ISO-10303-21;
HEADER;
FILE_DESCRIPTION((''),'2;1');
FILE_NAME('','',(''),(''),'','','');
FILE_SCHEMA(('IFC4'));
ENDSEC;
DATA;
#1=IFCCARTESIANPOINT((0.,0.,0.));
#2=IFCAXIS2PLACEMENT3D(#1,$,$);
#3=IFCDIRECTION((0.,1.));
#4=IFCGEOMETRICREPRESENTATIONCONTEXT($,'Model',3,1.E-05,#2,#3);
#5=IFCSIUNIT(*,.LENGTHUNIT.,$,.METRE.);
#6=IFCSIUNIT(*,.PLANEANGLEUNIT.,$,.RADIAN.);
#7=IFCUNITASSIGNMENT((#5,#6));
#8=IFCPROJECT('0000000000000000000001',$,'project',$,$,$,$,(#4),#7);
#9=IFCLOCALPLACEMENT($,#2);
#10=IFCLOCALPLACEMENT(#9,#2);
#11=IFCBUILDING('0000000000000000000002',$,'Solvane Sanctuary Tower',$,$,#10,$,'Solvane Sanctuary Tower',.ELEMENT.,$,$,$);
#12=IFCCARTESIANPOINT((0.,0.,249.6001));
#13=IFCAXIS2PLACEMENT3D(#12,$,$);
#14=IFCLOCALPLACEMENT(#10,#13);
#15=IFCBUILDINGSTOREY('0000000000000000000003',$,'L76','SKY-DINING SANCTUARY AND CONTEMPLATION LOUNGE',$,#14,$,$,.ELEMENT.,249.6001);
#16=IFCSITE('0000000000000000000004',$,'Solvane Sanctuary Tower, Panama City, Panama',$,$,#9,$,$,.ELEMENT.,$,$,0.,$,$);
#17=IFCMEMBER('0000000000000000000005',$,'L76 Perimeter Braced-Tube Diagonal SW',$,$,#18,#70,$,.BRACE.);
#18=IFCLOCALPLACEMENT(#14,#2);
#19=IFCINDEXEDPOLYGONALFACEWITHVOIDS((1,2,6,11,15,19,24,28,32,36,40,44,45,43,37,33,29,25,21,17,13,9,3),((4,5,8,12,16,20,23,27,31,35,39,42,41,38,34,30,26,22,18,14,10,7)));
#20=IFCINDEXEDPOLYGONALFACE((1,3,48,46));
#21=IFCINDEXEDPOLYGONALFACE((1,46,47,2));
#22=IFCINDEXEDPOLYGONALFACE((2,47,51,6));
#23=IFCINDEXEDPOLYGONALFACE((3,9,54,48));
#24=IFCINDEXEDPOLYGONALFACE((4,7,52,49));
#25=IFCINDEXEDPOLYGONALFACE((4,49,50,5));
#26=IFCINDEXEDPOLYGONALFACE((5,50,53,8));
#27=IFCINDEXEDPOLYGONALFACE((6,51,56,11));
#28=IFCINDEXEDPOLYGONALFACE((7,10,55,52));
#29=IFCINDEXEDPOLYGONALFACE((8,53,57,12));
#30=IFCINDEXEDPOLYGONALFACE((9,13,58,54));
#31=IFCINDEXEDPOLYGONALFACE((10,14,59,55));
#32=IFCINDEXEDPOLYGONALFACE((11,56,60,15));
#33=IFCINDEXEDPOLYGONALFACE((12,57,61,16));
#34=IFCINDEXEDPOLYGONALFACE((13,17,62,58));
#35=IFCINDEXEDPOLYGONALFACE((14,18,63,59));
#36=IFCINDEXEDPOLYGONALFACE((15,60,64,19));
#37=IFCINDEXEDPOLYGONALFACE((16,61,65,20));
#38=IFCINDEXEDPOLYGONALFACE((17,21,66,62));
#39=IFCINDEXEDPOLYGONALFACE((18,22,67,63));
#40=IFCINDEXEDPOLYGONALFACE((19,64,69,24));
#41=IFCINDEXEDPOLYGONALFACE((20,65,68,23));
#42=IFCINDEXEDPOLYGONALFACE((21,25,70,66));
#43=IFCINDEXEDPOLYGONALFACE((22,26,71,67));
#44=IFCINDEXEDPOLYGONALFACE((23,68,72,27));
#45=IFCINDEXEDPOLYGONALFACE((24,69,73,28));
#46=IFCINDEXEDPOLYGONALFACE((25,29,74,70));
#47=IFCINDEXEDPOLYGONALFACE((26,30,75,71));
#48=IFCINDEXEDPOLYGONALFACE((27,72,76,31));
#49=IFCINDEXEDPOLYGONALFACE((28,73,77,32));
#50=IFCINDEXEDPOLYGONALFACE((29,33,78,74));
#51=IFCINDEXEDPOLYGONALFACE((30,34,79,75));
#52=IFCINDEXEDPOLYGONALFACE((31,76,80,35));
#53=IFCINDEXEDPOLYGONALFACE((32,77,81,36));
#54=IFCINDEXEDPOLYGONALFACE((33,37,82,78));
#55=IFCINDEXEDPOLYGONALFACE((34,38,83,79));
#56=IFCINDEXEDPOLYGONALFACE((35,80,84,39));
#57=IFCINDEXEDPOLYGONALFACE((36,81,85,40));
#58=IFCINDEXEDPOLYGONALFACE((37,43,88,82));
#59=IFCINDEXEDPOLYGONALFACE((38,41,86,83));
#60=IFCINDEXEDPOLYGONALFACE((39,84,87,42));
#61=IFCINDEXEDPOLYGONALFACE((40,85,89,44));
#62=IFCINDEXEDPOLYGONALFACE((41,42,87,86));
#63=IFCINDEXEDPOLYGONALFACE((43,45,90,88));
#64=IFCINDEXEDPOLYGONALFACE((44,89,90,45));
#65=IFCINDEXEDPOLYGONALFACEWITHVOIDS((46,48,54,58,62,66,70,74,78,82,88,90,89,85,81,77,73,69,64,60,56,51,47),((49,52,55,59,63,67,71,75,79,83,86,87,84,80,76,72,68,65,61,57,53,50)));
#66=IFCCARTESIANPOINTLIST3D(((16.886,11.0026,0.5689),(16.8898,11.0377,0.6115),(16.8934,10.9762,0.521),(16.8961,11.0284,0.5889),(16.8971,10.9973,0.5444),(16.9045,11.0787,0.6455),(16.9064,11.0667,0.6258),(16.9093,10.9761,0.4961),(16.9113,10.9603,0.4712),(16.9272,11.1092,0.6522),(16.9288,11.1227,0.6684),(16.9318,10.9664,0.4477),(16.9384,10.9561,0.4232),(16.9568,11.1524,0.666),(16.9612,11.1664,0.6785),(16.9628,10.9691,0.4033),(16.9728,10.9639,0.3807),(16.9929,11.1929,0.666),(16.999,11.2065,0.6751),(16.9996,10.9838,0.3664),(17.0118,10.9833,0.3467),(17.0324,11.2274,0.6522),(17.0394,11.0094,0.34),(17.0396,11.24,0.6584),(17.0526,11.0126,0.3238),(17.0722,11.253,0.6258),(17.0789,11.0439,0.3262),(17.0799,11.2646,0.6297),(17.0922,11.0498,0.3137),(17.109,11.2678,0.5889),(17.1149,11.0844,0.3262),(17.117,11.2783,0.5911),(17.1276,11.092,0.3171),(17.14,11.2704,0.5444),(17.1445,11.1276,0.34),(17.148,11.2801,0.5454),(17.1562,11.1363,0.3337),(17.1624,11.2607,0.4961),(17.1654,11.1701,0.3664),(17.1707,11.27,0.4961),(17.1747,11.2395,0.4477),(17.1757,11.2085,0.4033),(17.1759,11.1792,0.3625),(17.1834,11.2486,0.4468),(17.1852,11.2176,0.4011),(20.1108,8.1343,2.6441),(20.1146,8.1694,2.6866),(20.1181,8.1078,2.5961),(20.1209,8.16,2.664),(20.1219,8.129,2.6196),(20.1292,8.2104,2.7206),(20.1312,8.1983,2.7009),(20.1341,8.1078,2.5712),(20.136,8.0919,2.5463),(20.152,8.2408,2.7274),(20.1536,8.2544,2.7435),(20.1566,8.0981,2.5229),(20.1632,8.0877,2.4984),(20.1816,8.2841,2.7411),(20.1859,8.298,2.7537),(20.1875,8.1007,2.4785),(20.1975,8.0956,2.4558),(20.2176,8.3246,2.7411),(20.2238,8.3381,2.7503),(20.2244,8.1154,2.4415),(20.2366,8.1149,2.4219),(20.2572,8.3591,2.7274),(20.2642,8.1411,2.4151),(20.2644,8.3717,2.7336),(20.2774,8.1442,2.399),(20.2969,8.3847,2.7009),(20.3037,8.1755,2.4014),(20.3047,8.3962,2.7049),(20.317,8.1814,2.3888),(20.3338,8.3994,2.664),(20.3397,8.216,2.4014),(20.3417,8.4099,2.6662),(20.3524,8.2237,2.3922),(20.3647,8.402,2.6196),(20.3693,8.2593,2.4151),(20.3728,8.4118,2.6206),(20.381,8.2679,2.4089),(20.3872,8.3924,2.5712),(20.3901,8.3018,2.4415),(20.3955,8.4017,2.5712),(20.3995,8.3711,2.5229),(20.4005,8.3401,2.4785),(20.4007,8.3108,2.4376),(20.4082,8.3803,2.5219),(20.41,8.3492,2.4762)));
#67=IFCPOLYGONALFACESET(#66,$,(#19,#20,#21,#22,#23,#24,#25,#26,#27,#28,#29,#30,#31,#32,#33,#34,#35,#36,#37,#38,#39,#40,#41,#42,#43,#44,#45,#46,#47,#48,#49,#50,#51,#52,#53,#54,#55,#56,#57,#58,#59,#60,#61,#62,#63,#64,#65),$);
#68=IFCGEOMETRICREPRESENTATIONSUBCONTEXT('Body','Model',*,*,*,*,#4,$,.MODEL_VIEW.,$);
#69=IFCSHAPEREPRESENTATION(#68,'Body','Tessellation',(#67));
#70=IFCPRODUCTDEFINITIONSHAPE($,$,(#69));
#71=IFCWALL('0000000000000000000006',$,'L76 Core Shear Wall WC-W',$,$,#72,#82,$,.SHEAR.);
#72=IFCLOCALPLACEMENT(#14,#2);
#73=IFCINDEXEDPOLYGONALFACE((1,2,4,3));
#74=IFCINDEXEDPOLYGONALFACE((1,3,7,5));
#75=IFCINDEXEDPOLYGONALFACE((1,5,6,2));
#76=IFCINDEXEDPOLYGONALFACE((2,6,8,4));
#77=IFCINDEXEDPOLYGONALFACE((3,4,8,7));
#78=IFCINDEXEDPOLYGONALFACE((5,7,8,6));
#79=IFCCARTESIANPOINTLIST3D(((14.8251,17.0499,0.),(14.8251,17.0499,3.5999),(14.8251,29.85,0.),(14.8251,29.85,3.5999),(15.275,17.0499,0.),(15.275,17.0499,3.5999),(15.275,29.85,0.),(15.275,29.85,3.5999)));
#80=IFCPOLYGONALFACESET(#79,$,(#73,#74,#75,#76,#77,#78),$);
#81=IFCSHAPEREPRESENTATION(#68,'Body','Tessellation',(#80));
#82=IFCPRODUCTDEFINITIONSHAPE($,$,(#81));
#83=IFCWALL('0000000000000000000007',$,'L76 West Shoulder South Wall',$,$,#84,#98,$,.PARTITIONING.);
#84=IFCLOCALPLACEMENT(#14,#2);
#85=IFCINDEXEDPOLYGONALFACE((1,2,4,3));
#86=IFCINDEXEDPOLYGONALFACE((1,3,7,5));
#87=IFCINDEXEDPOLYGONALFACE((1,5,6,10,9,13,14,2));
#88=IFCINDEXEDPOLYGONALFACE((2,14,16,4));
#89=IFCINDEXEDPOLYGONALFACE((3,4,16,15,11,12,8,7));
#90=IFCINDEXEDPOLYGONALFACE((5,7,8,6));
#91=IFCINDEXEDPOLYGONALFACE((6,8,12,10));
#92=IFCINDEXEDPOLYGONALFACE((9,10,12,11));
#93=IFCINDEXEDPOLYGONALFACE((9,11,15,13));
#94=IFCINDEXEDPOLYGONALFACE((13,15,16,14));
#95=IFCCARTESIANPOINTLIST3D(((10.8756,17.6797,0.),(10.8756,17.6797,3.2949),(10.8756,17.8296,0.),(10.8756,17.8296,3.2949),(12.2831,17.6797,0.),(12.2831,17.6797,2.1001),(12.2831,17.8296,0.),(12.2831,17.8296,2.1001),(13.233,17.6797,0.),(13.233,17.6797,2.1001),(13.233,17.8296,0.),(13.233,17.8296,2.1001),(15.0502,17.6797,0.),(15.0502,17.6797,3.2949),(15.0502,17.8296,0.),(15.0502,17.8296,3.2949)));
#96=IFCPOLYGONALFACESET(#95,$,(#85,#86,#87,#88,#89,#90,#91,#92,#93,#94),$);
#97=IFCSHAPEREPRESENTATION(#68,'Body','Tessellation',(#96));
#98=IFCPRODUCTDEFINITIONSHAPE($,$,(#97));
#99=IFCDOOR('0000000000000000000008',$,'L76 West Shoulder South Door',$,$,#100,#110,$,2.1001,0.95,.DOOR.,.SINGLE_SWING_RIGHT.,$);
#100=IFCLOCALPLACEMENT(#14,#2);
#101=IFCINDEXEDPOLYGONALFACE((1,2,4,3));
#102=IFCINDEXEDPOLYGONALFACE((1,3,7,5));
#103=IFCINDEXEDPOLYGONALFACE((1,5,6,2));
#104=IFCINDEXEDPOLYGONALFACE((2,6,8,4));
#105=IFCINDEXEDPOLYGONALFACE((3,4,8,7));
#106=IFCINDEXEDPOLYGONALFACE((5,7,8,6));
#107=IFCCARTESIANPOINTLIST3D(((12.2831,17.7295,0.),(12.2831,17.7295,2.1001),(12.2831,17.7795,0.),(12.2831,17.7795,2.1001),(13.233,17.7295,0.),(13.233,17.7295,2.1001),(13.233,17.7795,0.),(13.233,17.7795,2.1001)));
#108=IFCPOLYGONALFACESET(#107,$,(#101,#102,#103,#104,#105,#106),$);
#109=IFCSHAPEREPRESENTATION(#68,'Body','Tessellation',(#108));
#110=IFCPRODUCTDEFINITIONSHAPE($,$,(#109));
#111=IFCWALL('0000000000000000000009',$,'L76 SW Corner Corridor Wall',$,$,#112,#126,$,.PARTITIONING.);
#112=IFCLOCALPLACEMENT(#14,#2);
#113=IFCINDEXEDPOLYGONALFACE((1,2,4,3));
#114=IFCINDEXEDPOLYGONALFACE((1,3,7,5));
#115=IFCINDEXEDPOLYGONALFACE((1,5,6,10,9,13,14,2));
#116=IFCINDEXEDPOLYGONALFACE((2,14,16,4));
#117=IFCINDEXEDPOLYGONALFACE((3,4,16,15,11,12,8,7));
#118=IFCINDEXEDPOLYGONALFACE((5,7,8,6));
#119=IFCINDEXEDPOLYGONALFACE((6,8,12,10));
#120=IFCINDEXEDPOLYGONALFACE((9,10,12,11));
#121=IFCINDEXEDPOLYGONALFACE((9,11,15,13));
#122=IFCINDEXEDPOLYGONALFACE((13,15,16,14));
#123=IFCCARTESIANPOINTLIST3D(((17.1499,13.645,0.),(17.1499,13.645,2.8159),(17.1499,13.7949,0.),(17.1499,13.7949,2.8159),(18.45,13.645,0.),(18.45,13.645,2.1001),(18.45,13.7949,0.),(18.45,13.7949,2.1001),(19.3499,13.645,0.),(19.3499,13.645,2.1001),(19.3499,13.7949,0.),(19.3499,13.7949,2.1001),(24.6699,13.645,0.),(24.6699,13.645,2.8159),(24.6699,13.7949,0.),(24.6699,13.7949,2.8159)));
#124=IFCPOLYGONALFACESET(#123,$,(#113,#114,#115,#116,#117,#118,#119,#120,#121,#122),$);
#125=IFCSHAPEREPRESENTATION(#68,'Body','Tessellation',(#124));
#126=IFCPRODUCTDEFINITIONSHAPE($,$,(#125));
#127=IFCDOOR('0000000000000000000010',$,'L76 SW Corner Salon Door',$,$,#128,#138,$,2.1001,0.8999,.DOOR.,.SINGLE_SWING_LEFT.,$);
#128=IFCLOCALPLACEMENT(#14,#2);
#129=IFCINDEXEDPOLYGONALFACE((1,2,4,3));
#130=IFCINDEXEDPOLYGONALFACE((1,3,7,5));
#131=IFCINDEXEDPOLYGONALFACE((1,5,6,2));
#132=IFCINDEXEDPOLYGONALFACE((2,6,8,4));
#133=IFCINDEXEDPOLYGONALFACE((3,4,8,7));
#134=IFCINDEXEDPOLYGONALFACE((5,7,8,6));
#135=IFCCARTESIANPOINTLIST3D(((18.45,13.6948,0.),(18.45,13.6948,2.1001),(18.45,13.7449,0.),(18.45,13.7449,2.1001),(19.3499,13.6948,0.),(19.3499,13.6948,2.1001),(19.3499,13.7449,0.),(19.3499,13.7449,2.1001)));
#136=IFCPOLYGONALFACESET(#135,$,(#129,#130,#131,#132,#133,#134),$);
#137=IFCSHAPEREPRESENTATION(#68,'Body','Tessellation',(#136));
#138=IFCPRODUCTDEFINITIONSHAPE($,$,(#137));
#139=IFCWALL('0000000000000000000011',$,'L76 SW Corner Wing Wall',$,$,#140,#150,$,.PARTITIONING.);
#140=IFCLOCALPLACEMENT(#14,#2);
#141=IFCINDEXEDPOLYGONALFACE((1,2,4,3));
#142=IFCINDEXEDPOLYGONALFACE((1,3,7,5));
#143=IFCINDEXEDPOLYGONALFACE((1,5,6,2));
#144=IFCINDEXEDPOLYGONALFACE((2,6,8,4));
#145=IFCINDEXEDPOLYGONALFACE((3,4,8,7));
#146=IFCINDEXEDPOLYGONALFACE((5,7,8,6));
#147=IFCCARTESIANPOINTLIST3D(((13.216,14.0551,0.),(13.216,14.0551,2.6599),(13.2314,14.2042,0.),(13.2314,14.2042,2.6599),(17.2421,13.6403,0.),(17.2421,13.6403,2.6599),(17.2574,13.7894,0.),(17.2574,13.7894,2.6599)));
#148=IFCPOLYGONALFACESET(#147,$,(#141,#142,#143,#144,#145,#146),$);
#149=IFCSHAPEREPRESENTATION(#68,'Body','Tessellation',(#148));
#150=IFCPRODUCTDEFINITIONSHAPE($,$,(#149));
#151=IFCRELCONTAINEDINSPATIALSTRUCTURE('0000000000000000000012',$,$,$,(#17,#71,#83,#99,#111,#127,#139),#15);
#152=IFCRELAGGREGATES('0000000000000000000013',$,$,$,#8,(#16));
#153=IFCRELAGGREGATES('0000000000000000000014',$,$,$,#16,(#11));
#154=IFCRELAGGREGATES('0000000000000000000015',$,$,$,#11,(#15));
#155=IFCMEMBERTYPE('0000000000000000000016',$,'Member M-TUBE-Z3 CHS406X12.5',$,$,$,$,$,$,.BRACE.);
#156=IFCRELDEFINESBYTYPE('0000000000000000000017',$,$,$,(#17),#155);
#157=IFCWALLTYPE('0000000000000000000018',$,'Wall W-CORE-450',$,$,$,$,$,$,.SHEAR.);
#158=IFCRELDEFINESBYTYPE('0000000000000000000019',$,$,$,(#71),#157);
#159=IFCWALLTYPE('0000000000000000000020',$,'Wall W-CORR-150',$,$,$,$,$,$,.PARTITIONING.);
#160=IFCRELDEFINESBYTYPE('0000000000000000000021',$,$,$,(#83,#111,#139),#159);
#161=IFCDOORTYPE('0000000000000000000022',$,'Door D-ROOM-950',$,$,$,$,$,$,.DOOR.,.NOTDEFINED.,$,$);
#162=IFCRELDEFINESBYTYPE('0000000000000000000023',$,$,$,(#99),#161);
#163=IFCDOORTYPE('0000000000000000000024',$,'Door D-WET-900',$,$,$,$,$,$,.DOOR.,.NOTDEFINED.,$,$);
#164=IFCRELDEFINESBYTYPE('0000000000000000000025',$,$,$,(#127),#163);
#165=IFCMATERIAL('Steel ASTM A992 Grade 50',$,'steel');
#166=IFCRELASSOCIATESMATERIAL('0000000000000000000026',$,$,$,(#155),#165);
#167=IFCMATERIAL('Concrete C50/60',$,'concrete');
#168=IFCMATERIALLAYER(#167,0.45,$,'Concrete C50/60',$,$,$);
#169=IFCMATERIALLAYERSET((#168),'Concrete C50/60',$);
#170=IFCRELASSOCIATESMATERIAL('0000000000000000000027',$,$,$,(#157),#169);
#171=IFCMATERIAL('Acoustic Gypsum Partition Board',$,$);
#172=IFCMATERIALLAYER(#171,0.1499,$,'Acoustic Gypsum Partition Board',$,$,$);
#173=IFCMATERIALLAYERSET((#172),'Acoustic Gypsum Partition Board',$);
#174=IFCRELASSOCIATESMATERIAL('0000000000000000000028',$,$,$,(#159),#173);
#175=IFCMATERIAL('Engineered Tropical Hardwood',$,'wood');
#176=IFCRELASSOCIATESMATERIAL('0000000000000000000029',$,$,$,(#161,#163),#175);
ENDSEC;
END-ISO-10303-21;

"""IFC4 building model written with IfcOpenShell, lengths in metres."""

from ifc_helpers import new_model, si_unit, direction, frame, frame_2d, origin, origin_2d, place, context, subcontext, project, spatial, rectangle, hollow_circle, extrude, material, layer, layer_set, material_profile, profile_set, type_object, element, fill, save


model = new_model("IFC4")

# Units and contexts
model_context = context("Model", 3, precision=1e-05, world=origin(), true_north=direction((0.0, 1.0)))
body_context = subcontext(model_context, "Body", "Model", "MODEL_VIEW")
ifc_project = project(units=[si_unit("LENGTHUNIT", "METRE"), si_unit("PLANEANGLEUNIT", "RADIAN")], contexts=[model_context])

# Site, building, storey
site_placement = place(None, origin())
site = spatial("IfcSite", under=ifc_project, at=site_placement, Name="Solvane Sanctuary Tower, Panama City, Panama", CompositionType="ELEMENT", RefElevation=0.0)
building_placement = place(site_placement, origin())
building = spatial("IfcBuilding", under=site, at=building_placement, Name="Solvane Sanctuary Tower", LongName="Solvane Sanctuary Tower", CompositionType="ELEMENT")
storey_placement = place(building_placement, frame((0.0, 0.0, 249.6001)))
storey = spatial("IfcBuildingStorey", under=building, at=storey_placement, Name="L76", Description="SKY-DINING SANCTUARY AND CONTEMPLATION LOUNGE", CompositionType="ELEMENT", Elevation=249.6001)

# Shared definitions
ifc_material_1 = material(Name="Steel ASTM A992 Grade 50", Category="steel")

# Member
ifc_material_profile_1 = material_profile(ifc_material_1, hollow_circle(Radius=0.2029, WallThickness=0.0125, at=origin_2d()), Name="CHS406X12.5")
ifc_profile_set_1 = profile_set([ifc_material_profile_1], Name="Steel ASTM A992 Grade 50")
member_type = type_object("IfcMemberType", Name="Member M-TUBE-Z3 CHS406X12.5", PredefinedType="BRACE", material=ifc_profile_set_1)
member_placement = place(storey_placement, frame((17.0359, 11.1184, 0.4961), z_axis=(0.673397, -0.598966, 0.433331), x_axis=(0.664606, 0.747194, 0.0)))
element("IfcMember", 1, at=member_placement, inside=storey, type_object=member_type, Name="L76 Perimeter Braced-Tube Diagonal SW", PredefinedType="BRACE", context=body_context, shape_type="SweptSolid", body=[
    extrude(hollow_circle(Radius=0.2029, WallThickness=0.0125, at=origin_2d()), origin(), (0.0, 0.0, 1.0), 4.7888),
])

# Wall
ifc_material_2 = material(Name="Concrete C50/60", Category="concrete")
ifc_layer_1 = layer(ifc_material_2, 0.45, Name="Concrete C50/60")
ifc_layer_set_1 = layer_set([ifc_layer_1], Name="Concrete C50/60")
wall_type_1 = type_object("IfcWallType", Name="Wall W-CORE-450", PredefinedType="SHEAR", material=ifc_layer_set_1)
wall_1_placement = place(storey_placement, frame((15.05, 17.05, 0.0), z_axis=(0.0, 0.0, 1.0), x_axis=(0.0, 1.0, 0.0)))
element("IfcWall", 2, at=wall_1_placement, inside=storey, type_object=wall_type_1, Name="L76 Core Shear Wall WC-W", PredefinedType="SHEAR", context=body_context, shape_type="SweptSolid", body=[
    extrude(rectangle(XDim=12.8, YDim=0.45, at=frame_2d((6.3999, 0.0))), origin(), (0.0, 0.0, 1.0), 3.5999),
])

# Walls, openings, doors
ifc_material_3 = material(Name="Acoustic Gypsum Partition Board")
ifc_layer_2 = layer(ifc_material_3, 0.1499, Name="Acoustic Gypsum Partition Board")
ifc_layer_set_2 = layer_set([ifc_layer_2], Name="Acoustic Gypsum Partition Board")
wall_type_2 = type_object("IfcWallType", Name="Wall W-CORR-150", PredefinedType="PARTITIONING", material=ifc_layer_set_2)
wall_2_placement = place(storey_placement, frame((10.8755, 17.7546, 0.0), z_axis=(0.0, 0.0, 1.0), x_axis=(1.0, 0.0, 0.0)))
wall_2 = element("IfcWall", 3, at=wall_2_placement, inside=storey, type_object=wall_type_2, Name="L76 West Shoulder South Wall", PredefinedType="PARTITIONING", context=body_context, shape_type="SweptSolid", body=[
    extrude(rectangle(XDim=4.1746, YDim=0.1499, at=frame_2d((2.0874, 0.0))), origin(), (0.0, 0.0, 1.0), 3.2949),
])
opening_1_placement = place(wall_2_placement, frame((1.4075, 0.0, 0.0)))
opening_1 = element("IfcOpeningElement", 4, at=opening_1_placement, cuts=wall_2, PredefinedType="OPENING", context=body_context, shape_type="SweptSolid", body=[
    extrude(rectangle(XDim=0.95, YDim=2.1001, at=frame_2d((0.4751, 1.05))), frame((0.0, 0.085, 0.0), z_axis=(0.0, -1.0, 0.0), x_axis=(1.0, 0.0, 0.0)), (0.0, 0.0, 1.0), 0.1699),
])
ifc_material_4 = material(Name="Engineered Tropical Hardwood", Category="wood")
door_type_1 = type_object("IfcDoorType", Name="Door D-ROOM-950", OperationType="NOTDEFINED", PredefinedType="DOOR", material=ifc_material_4)
door_1_placement = place(opening_1_placement, origin())
door_1 = element("IfcDoor", 5, at=door_1_placement, inside=storey, type_object=door_type_1, Name="L76 West Shoulder South Door", OperationType="SINGLE_SWING_RIGHT", OverallHeight=2.1001, OverallWidth=0.95, PredefinedType="DOOR", context=body_context, shape_type="SweptSolid", body=[
    extrude(rectangle(XDim=0.95, YDim=2.1001, at=frame_2d((0.4751, 1.05))), frame((0.0, 0.0249, 0.0), z_axis=(0.0, -1.0, 0.0), x_axis=(1.0, 0.0, 0.0)), (0.0, 0.0, 1.0), 0.05),
])
fill(opening_1, door_1)
wall_3_placement = place(storey_placement, frame((17.1499, 13.72, 0.0), z_axis=(0.0, 0.0, 1.0), x_axis=(1.0, 0.0, 0.0)))
wall_3 = element("IfcWall", 6, at=wall_3_placement, inside=storey, type_object=wall_type_2, Name="L76 SW Corner Corridor Wall", PredefinedType="PARTITIONING", context=body_context, shape_type="SweptSolid", body=[
    extrude(rectangle(XDim=7.52, YDim=0.1499, at=frame_2d((3.76, 0.0))), origin(), (0.0, 0.0, 1.0), 2.8159),
])
opening_2_placement = place(wall_3_placement, frame((1.3, 0.0, 0.0)))
opening_2 = element("IfcOpeningElement", 7, at=opening_2_placement, cuts=wall_3, PredefinedType="OPENING", context=body_context, shape_type="SweptSolid", body=[
    extrude(rectangle(XDim=0.8999, YDim=2.1001, at=frame_2d((0.45, 1.05))), frame((0.0, 0.085, 0.0), z_axis=(0.0, -1.0, 0.0), x_axis=(1.0, 0.0, 0.0)), (0.0, 0.0, 1.0), 0.1699),
])
door_type_2 = type_object("IfcDoorType", Name="Door D-WET-900", OperationType="NOTDEFINED", PredefinedType="DOOR", material=ifc_material_4)
door_2_placement = place(opening_2_placement, origin())
door_2 = element("IfcDoor", 8, at=door_2_placement, inside=storey, type_object=door_type_2, Name="L76 SW Corner Salon Door", OperationType="SINGLE_SWING_LEFT", OverallHeight=2.1001, OverallWidth=0.8999, PredefinedType="DOOR", context=body_context, shape_type="SweptSolid", body=[
    extrude(rectangle(XDim=0.8999, YDim=2.1001, at=frame_2d((0.45, 1.05))), frame((0.0, 0.0249, 0.0), z_axis=(0.0, -1.0, 0.0), x_axis=(1.0, 0.0, 0.0)), (0.0, 0.0, 1.0), 0.05),
])
fill(opening_2, door_2)

# Wall
wall_4_placement = place(storey_placement, frame((17.2498, 13.7148, 0.0), z_axis=(0.0, 0.0, 1.0), x_axis=(-0.994735, 0.102483, 0.0)))
element("IfcWall", 9, at=wall_4_placement, inside=storey, type_object=wall_type_2, Name="L76 SW Corner Wing Wall", PredefinedType="PARTITIONING", context=body_context, shape_type="SweptSolid", body=[
    extrude(rectangle(XDim=4.0474, YDim=0.1499, at=frame_2d((2.0237, 0.0))), origin(), (0.0, 0.0, 1.0), 2.6599),
])

save(model, "model.ifc")
